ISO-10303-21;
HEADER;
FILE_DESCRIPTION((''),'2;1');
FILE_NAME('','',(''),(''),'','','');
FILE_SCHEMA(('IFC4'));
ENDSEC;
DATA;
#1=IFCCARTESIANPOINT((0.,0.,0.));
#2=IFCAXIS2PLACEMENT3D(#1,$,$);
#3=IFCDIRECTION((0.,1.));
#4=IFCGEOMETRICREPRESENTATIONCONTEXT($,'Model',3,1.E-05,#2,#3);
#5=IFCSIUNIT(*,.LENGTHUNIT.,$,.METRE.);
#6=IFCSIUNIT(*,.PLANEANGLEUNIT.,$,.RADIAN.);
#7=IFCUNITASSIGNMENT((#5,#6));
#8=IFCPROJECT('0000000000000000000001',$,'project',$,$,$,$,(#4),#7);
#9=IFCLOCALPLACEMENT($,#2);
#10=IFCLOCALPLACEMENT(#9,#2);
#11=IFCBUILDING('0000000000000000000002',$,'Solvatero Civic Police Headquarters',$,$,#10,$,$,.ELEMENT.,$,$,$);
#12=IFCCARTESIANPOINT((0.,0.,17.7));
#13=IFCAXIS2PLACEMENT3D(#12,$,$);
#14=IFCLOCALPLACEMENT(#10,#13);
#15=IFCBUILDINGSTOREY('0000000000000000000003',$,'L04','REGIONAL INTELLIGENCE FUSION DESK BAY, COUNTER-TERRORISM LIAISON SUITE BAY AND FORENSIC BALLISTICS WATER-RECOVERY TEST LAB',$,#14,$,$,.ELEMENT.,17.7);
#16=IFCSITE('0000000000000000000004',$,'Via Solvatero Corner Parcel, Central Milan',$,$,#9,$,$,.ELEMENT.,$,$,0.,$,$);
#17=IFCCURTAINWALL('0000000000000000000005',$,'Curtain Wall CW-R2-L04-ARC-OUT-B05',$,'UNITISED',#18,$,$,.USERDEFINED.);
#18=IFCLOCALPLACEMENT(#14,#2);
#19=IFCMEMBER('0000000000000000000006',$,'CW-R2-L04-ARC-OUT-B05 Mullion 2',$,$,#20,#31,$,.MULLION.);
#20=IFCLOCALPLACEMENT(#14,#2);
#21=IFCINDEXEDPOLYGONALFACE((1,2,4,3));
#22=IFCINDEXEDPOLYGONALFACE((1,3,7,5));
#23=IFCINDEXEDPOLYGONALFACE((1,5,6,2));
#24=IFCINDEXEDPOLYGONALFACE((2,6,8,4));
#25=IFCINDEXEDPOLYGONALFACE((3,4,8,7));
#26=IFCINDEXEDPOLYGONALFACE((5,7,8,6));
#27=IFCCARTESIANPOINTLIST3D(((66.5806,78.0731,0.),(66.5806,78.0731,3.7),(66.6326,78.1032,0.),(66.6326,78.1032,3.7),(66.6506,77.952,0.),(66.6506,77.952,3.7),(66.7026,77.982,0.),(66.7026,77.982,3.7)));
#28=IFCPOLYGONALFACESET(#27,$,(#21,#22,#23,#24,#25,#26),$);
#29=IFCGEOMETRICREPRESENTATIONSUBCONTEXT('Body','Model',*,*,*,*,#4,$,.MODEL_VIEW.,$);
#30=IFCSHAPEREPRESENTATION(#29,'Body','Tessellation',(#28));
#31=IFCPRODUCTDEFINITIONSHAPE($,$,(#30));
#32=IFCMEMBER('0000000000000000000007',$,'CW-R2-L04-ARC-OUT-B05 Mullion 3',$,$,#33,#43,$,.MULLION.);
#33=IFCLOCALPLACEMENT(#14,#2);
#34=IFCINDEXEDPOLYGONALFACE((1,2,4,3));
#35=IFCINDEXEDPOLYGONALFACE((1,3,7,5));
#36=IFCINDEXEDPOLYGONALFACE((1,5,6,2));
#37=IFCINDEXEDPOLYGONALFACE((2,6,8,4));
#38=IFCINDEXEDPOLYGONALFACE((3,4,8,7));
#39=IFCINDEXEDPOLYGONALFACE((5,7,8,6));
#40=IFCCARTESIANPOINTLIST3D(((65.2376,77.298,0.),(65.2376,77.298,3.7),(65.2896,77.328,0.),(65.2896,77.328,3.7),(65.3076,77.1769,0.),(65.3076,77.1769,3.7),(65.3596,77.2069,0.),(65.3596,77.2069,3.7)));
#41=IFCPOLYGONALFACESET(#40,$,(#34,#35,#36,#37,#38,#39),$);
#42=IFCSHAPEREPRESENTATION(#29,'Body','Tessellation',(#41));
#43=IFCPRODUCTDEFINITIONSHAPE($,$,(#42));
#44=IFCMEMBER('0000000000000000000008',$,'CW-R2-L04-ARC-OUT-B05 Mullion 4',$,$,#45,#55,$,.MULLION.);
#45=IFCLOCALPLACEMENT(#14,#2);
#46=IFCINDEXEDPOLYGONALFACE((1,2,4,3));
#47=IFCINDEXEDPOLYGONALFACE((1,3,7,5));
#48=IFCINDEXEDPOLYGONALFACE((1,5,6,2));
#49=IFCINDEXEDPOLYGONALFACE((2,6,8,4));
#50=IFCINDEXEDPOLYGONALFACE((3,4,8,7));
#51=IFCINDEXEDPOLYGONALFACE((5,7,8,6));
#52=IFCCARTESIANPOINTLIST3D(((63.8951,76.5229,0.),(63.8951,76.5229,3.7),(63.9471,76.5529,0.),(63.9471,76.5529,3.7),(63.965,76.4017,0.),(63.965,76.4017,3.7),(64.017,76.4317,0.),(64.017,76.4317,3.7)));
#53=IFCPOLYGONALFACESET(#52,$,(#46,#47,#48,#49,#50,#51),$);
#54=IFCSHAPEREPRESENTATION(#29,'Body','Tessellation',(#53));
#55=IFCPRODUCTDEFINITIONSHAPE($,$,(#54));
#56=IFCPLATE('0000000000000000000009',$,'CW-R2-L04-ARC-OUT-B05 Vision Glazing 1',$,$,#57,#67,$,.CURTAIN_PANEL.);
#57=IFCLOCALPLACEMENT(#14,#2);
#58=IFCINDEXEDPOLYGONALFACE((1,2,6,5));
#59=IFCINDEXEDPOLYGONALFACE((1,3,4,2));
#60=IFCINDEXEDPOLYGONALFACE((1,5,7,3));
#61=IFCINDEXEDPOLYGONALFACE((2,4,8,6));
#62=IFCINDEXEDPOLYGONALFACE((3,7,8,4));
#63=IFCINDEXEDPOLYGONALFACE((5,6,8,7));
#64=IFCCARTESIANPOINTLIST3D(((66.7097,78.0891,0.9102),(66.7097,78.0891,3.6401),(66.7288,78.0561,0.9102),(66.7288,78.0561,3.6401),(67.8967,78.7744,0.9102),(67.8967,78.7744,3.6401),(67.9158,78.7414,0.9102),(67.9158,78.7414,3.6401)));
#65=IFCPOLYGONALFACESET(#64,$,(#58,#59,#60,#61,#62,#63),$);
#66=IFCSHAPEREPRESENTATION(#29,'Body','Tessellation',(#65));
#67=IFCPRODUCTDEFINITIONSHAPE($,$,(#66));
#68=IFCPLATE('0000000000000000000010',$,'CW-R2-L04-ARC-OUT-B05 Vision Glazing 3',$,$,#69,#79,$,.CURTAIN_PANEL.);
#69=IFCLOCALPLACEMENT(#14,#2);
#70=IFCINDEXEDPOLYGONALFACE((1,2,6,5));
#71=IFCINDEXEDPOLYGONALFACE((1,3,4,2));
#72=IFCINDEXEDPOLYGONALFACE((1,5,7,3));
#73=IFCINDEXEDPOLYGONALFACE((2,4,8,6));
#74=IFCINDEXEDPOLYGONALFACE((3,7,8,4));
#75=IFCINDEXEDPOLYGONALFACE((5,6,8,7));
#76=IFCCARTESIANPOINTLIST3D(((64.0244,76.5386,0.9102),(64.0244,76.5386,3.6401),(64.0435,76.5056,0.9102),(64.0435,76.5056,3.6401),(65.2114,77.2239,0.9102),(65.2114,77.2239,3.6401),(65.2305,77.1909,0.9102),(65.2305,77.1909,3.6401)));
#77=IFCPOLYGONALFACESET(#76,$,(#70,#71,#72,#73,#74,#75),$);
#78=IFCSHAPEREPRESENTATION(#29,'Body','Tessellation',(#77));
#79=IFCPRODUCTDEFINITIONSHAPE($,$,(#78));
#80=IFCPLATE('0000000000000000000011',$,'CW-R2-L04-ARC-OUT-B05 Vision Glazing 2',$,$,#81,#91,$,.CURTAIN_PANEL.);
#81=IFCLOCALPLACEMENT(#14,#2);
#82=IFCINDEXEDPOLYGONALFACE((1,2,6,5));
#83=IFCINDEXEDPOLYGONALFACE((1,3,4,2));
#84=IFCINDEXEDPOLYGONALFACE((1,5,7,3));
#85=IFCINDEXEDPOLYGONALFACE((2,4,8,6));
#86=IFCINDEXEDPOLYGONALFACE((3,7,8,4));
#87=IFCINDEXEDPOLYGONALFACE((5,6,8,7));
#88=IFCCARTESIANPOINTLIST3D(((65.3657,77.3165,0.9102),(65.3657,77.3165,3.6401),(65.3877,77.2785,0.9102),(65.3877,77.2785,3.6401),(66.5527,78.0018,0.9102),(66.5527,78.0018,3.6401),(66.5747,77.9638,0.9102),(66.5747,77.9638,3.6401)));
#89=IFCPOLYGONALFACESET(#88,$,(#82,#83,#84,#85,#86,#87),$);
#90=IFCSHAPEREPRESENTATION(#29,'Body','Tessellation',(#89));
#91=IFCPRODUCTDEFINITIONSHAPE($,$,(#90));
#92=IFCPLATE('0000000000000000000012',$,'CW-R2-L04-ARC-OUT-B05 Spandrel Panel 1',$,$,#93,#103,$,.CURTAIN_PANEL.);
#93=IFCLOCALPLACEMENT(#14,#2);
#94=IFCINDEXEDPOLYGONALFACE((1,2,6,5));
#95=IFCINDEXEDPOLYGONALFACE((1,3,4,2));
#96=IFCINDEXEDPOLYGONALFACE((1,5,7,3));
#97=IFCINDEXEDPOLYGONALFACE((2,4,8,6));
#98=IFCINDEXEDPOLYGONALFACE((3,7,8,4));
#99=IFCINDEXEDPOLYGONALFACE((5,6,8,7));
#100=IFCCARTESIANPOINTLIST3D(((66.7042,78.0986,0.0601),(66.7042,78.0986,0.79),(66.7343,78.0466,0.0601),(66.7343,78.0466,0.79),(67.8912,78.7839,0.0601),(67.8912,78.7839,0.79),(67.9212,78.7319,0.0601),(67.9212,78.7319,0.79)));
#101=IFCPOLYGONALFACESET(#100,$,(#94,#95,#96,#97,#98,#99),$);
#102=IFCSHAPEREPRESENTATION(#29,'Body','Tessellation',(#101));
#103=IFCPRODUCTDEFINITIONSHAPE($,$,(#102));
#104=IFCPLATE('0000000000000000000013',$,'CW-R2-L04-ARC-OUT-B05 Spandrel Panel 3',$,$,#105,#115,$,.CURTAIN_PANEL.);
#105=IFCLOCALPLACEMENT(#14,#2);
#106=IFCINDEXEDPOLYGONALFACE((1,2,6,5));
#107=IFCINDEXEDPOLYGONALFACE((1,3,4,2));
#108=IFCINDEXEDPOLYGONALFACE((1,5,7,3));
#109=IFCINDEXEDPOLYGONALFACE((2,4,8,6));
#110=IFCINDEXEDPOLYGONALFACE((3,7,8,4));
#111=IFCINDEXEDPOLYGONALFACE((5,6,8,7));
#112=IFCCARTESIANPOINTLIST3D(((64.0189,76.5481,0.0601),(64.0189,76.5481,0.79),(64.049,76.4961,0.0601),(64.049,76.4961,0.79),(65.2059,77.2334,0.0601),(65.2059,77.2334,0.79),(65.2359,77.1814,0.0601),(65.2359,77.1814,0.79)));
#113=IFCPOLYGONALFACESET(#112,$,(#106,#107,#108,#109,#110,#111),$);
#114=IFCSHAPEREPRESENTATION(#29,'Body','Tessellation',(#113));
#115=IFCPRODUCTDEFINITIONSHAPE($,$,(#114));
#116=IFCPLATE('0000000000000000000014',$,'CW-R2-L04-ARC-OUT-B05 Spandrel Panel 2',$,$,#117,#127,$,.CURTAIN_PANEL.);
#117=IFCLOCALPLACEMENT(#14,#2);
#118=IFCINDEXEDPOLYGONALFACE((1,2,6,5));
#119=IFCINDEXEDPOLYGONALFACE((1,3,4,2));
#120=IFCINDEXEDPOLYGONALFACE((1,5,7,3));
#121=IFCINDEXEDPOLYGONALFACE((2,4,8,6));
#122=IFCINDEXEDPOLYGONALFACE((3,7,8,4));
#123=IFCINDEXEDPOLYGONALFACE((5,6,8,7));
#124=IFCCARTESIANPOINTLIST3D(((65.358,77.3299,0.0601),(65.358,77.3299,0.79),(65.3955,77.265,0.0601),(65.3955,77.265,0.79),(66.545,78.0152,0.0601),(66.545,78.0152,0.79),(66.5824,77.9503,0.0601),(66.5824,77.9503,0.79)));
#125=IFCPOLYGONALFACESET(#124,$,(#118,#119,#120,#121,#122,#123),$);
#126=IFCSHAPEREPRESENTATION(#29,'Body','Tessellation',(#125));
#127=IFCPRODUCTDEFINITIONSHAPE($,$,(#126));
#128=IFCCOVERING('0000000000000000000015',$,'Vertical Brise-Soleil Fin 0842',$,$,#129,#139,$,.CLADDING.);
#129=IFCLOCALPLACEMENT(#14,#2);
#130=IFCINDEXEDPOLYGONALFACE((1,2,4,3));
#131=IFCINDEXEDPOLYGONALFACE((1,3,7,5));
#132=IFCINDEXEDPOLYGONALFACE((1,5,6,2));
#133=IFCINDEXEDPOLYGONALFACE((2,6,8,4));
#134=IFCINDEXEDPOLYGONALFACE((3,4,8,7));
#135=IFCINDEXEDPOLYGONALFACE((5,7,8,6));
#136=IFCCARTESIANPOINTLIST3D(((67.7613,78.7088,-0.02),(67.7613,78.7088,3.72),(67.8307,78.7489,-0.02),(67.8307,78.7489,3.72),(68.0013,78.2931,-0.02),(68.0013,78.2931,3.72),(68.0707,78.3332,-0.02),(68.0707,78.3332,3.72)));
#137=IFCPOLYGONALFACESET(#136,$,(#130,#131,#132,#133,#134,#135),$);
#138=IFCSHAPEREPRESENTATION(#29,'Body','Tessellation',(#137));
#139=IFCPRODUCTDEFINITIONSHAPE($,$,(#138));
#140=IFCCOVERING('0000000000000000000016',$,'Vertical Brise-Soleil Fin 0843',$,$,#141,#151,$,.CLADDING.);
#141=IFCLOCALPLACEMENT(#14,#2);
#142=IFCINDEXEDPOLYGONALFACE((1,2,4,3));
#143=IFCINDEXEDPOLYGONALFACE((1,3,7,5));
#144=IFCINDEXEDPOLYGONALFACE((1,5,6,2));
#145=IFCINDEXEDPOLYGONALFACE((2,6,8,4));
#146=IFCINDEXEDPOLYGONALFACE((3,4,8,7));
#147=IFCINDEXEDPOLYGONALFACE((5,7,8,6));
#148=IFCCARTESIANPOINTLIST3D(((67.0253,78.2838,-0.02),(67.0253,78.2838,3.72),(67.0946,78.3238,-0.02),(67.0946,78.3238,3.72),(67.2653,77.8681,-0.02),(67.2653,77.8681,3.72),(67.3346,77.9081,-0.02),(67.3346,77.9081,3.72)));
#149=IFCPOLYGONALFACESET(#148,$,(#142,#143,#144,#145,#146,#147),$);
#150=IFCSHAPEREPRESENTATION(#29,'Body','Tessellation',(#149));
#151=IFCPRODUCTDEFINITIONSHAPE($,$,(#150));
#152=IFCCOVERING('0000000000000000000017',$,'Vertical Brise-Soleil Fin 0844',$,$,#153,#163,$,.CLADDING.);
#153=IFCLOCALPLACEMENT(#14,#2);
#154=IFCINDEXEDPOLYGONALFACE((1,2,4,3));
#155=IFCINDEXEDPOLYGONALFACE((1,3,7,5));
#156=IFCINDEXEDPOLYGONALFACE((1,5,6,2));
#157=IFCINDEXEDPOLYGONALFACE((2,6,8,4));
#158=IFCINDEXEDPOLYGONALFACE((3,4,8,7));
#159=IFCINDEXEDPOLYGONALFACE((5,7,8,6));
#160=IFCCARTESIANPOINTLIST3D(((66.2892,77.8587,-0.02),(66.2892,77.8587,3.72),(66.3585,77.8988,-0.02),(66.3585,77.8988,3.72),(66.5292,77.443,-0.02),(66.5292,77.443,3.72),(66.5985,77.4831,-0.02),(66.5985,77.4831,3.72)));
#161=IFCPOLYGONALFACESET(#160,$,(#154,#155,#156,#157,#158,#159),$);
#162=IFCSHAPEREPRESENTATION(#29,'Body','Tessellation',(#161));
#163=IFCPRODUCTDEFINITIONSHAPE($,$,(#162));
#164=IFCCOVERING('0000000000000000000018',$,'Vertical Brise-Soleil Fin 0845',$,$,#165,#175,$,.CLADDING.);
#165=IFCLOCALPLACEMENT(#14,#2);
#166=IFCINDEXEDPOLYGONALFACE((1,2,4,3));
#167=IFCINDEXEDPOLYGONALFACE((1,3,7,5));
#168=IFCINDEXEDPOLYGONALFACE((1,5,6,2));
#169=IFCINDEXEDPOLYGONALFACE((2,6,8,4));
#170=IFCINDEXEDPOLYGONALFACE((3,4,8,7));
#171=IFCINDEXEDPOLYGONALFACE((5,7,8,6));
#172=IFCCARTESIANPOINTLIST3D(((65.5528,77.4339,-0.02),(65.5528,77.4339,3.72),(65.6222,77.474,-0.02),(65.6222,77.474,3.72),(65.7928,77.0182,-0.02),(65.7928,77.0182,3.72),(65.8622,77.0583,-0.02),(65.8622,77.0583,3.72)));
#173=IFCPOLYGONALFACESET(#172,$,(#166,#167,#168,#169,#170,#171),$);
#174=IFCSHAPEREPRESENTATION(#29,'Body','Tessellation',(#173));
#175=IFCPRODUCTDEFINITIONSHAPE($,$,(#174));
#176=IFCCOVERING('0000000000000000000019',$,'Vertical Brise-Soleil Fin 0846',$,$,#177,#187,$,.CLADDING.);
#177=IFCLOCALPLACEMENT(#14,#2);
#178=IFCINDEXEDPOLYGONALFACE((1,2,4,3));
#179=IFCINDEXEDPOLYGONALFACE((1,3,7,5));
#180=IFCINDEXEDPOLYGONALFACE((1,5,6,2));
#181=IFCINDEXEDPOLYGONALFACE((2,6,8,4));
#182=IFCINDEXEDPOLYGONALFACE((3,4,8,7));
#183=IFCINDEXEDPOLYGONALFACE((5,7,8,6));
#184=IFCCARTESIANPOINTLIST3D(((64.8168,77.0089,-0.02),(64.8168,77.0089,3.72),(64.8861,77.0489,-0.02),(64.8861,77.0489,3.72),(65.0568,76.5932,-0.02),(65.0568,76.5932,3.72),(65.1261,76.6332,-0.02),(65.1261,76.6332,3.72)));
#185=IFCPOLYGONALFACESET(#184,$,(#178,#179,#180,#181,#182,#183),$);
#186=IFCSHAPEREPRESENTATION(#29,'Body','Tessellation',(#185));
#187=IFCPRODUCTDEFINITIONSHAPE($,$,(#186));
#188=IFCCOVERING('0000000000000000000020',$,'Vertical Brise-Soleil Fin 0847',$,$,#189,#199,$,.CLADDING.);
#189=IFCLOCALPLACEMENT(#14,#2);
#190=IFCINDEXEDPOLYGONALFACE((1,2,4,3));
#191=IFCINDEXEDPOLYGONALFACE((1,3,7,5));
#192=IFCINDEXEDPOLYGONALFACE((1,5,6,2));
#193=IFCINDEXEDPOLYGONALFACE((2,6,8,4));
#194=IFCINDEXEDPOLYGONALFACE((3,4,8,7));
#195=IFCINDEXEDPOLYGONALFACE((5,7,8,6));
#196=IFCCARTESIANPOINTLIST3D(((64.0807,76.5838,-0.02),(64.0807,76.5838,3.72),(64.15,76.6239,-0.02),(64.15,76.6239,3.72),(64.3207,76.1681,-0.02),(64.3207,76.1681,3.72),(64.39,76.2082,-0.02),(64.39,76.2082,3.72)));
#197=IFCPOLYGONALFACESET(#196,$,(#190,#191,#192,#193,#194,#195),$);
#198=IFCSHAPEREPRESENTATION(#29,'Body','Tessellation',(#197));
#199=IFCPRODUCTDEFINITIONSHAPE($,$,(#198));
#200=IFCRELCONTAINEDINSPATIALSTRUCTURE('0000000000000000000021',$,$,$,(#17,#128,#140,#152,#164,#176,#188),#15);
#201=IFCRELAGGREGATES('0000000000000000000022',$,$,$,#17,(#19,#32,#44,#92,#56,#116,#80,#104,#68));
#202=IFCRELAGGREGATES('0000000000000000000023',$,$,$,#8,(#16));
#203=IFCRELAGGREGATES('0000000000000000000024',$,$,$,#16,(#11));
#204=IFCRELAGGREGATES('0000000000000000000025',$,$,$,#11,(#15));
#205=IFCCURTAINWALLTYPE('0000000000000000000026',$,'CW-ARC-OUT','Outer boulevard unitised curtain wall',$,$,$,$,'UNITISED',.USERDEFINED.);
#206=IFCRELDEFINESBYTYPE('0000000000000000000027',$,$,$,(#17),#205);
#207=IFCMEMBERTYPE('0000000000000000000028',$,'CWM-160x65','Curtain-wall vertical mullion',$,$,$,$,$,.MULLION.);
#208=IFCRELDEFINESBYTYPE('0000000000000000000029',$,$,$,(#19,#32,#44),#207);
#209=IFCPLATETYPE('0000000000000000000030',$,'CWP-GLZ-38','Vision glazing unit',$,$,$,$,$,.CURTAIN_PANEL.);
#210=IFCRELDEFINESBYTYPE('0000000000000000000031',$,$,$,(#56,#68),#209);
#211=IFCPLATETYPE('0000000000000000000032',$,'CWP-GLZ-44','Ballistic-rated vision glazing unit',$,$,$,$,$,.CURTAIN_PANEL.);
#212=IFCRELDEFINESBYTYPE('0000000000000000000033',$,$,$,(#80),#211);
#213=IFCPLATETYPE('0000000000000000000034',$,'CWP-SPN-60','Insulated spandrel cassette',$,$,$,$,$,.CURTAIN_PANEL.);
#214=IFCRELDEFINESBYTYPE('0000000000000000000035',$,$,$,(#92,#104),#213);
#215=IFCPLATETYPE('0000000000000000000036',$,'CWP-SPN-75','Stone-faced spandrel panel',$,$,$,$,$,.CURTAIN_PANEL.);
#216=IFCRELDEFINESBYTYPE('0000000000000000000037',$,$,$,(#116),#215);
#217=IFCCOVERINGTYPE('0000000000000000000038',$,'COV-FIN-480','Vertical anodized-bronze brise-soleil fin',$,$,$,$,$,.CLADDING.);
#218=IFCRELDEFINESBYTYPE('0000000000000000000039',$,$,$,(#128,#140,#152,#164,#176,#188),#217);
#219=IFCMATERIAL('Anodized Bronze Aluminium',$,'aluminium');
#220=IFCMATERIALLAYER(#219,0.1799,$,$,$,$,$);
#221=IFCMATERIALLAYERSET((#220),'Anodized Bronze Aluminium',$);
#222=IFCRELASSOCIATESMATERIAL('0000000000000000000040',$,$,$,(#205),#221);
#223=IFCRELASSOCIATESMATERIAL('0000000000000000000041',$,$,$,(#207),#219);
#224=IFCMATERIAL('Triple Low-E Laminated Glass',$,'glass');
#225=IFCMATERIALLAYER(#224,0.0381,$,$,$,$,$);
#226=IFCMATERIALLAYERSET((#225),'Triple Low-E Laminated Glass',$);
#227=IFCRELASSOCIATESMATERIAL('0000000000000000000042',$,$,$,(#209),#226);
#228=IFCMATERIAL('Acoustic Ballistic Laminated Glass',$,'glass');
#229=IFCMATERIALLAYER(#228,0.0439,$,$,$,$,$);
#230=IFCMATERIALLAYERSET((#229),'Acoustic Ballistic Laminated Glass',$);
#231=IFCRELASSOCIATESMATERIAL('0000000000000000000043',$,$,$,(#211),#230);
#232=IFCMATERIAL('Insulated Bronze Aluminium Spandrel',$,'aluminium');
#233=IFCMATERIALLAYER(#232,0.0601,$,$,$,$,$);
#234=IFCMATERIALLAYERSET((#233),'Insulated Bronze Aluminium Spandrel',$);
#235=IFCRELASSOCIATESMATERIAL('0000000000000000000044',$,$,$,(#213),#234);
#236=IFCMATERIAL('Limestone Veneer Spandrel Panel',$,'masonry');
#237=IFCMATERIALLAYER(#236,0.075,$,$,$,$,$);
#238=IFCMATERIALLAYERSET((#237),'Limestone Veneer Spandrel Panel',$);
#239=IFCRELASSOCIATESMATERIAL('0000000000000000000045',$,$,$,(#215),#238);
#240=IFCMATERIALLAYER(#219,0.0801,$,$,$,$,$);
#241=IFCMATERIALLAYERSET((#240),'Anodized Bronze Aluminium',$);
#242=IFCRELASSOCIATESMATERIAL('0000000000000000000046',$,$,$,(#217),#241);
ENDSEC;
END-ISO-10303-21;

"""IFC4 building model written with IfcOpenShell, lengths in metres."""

from ifc_helpers import new_model, si_unit, direction, frame, origin, origin_2d, place, context, subcontext, project, spatial, rectangle, extrude, material, layer, layer_set, material_profile, profile_set, type_object, element, aggregate, save


model = new_model("IFC4")

# Units and contexts
model_context = context("Model", 3, precision=1e-05, world=origin(), true_north=direction((0.0, 1.0)))
body_context = subcontext(model_context, "Body", "Model", "MODEL_VIEW")
ifc_project = project(units=[si_unit("LENGTHUNIT", "METRE"), si_unit("PLANEANGLEUNIT", "RADIAN")], contexts=[model_context])

# Site, building, storey
site_placement = place(None, origin())
site = spatial("IfcSite", under=ifc_project, at=site_placement, Name="Via Solvatero Corner Parcel, Central Milan", CompositionType="ELEMENT", RefElevation=0.0)
building_placement = place(site_placement, origin())
building = spatial("IfcBuilding", under=site, at=building_placement, Name="Solvatero Civic Police Headquarters", CompositionType="ELEMENT")
storey_placement = place(building_placement, frame((0.0, 0.0, 17.7)))
storey = spatial("IfcBuildingStorey", under=building, at=storey_placement, Name="L04", Description="REGIONAL INTELLIGENCE FUSION DESK BAY, COUNTER-TERRORISM LIAISON SUITE BAY AND FORENSIC BALLISTICS WATER-RECOVERY TEST LAB", CompositionType="ELEMENT", Elevation=17.7)

# Curtain wall, members, plates
ifc_material_1 = material(Name="Anodized Bronze Aluminium", Category="aluminium")
ifc_layer_1 = layer(ifc_material_1, 0.1799)
ifc_layer_set_1 = layer_set([ifc_layer_1], Name="Anodized Bronze Aluminium")
curtain_wall_type = type_object("IfcCurtainWallType", Name="CW-ARC-OUT", Description="Outer boulevard unitised curtain wall", ElementType="UNITISED", PredefinedType="USERDEFINED", material=ifc_layer_set_1)
curtain_wall_placement = place(storey_placement, origin())
curtain_wall = element("IfcCurtainWall", 1, at=curtain_wall_placement, inside=storey, type_object=curtain_wall_type, Name="Curtain Wall CW-R2-L04-ARC-OUT-B05", ObjectType="UNITISED", PredefinedType="USERDEFINED")
ifc_material_profile = material_profile(ifc_material_1, rectangle(XDim=0.0601, YDim=0.1399, at=origin_2d()), Name="ALU MULLION 60x140")
ifc_profile_set = profile_set([ifc_material_profile], Name="Anodized Bronze Aluminium")
member_type = type_object("IfcMemberType", Name="CWM-160x65", Description="Curtain-wall vertical mullion", PredefinedType="MULLION", material=ifc_profile_set)
member_1_placement = place(storey_placement, frame((66.6416, 78.0276, 0.0), z_axis=(0.0, 0.0, 1.0), x_axis=(-0.866025, -0.5, 0.0)))
member_1 = element("IfcMember", 2, at=member_1_placement, type_object=member_type, Name="CW-R2-L04-ARC-OUT-B05 Mullion 2", PredefinedType="MULLION", context=body_context, shape_type="SweptSolid", body=[
    extrude(rectangle(XDim=0.0601, YDim=0.1399, at=origin_2d()), origin(), (0.0, 0.0, 1.0), 3.7),
])
member_2_placement = place(storey_placement, frame((65.2986, 77.2524, 0.0), z_axis=(0.0, 0.0, 1.0), x_axis=(-0.866025, -0.5, 0.0)))
member_2 = element("IfcMember", 3, at=member_2_placement, type_object=member_type, Name="CW-R2-L04-ARC-OUT-B05 Mullion 3", PredefinedType="MULLION", context=body_context, shape_type="SweptSolid", body=[
    extrude(rectangle(XDim=0.0601, YDim=0.1399, at=origin_2d()), origin(), (0.0, 0.0, 1.0), 3.7),
])
member_3_placement = place(storey_placement, frame((63.9561, 76.4773, 0.0), z_axis=(0.0, 0.0, 1.0), x_axis=(-0.866025, -0.5, 0.0)))
member_3 = element("IfcMember", 4, at=member_3_placement, type_object=member_type, Name="CW-R2-L04-ARC-OUT-B05 Mullion 4", PredefinedType="MULLION", context=body_context, shape_type="SweptSolid", body=[
    extrude(rectangle(XDim=0.0601, YDim=0.1399, at=origin_2d()), origin(), (0.0, 0.0, 1.0), 3.7),
])
ifc_material_2 = material(Name="Triple Low-E Laminated Glass", Category="glass")
ifc_layer_2 = layer(ifc_material_2, 0.0381)
ifc_layer_set_2 = layer_set([ifc_layer_2], Name="Triple Low-E Laminated Glass")
plate_type_1 = type_object("IfcPlateType", Name="CWP-GLZ-38", Description="Vision glazing unit", PredefinedType="CURTAIN_PANEL", material=ifc_layer_set_2)
plate_1_placement = place(storey_placement, frame((67.3127, 78.4153, 0.9102), z_axis=(0.0, 0.0, 1.0), x_axis=(-0.866025, -0.5, 0.0)))
plate_1 = element("IfcPlate", 5, at=plate_1_placement, type_object=plate_type_1, Name="CW-R2-L04-ARC-OUT-B05 Vision Glazing 1", PredefinedType="CURTAIN_PANEL", context=body_context, shape_type="SweptSolid", body=[
    extrude(rectangle(XDim=1.3706, YDim=0.0381, at=origin_2d()), origin(), (0.0, 0.0, 1.0), 2.73),
])
plate_2_placement = place(storey_placement, frame((64.6274, 76.8647, 0.9102), z_axis=(0.0, 0.0, 1.0), x_axis=(-0.866025, -0.5, 0.0)))
plate_2 = element("IfcPlate", 6, at=plate_2_placement, type_object=plate_type_1, Name="CW-R2-L04-ARC-OUT-B05 Vision Glazing 3", PredefinedType="CURTAIN_PANEL", context=body_context, shape_type="SweptSolid", body=[
    extrude(rectangle(XDim=1.3706, YDim=0.0381, at=origin_2d()), origin(), (0.0, 0.0, 1.0), 2.73),
])
ifc_material_3 = material(Name="Acoustic Ballistic Laminated Glass", Category="glass")
ifc_layer_3 = layer(ifc_material_3, 0.0439)
ifc_layer_set_3 = layer_set([ifc_layer_3], Name="Acoustic Ballistic Laminated Glass")
plate_type_2 = type_object("IfcPlateType", Name="CWP-GLZ-44", Description="Ballistic-rated vision glazing unit", PredefinedType="CURTAIN_PANEL", material=ifc_layer_set_3)
plate_3_placement = place(storey_placement, frame((65.9702, 77.6401, 0.9102), z_axis=(0.0, 0.0, 1.0), x_axis=(-0.866025, -0.5, 0.0)))
plate_3 = element("IfcPlate", 7, at=plate_3_placement, type_object=plate_type_2, Name="CW-R2-L04-ARC-OUT-B05 Vision Glazing 2", PredefinedType="CURTAIN_PANEL", context=body_context, shape_type="SweptSolid", body=[
    extrude(rectangle(XDim=1.3706, YDim=0.0439, at=origin_2d()), origin(), (0.0, 0.0, 1.0), 2.73),
])
ifc_material_4 = material(Name="Insulated Bronze Aluminium Spandrel", Category="aluminium")
ifc_layer_4 = layer(ifc_material_4, 0.0601)
ifc_layer_set_4 = layer_set([ifc_layer_4], Name="Insulated Bronze Aluminium Spandrel")
plate_type_3 = type_object("IfcPlateType", Name="CWP-SPN-60", Description="Insulated spandrel cassette", PredefinedType="CURTAIN_PANEL", material=ifc_layer_set_4)
plate_4_placement = place(storey_placement, frame((67.3127, 78.4153, 0.0601), z_axis=(0.0, 0.0, 1.0), x_axis=(-0.866025, -0.5, 0.0)))
plate_4 = element("IfcPlate", 8, at=plate_4_placement, type_object=plate_type_3, Name="CW-R2-L04-ARC-OUT-B05 Spandrel Panel 1", PredefinedType="CURTAIN_PANEL", context=body_context, shape_type="SweptSolid", body=[
    extrude(rectangle(XDim=1.3706, YDim=0.0601, at=origin_2d()), origin(), (0.0, 0.0, 1.0), 0.73),
])
plate_5_placement = place(storey_placement, frame((64.6274, 76.8647, 0.0601), z_axis=(0.0, 0.0, 1.0), x_axis=(-0.866025, -0.5, 0.0)))
plate_5 = element("IfcPlate", 9, at=plate_5_placement, type_object=plate_type_3, Name="CW-R2-L04-ARC-OUT-B05 Spandrel Panel 3", PredefinedType="CURTAIN_PANEL", context=body_context, shape_type="SweptSolid", body=[
    extrude(rectangle(XDim=1.3706, YDim=0.0601, at=origin_2d()), origin(), (0.0, 0.0, 1.0), 0.73),
])
ifc_material_5 = material(Name="Limestone Veneer Spandrel Panel", Category="masonry")
ifc_layer_5 = layer(ifc_material_5, 0.075)
ifc_layer_set_5 = layer_set([ifc_layer_5], Name="Limestone Veneer Spandrel Panel")
plate_type_4 = type_object("IfcPlateType", Name="CWP-SPN-75", Description="Stone-faced spandrel panel", PredefinedType="CURTAIN_PANEL", material=ifc_layer_set_5)
plate_6_placement = place(storey_placement, frame((65.9702, 77.6401, 0.0601), z_axis=(0.0, 0.0, 1.0), x_axis=(-0.866025, -0.5, 0.0)))
plate_6 = element("IfcPlate", 10, at=plate_6_placement, type_object=plate_type_4, Name="CW-R2-L04-ARC-OUT-B05 Spandrel Panel 2", PredefinedType="CURTAIN_PANEL", context=body_context, shape_type="SweptSolid", body=[
    extrude(rectangle(XDim=1.3706, YDim=0.075, at=origin_2d()), origin(), (0.0, 0.0, 1.0), 0.73),
])
aggregate(curtain_wall, [member_1, member_2, member_3, plate_4, plate_1, plate_6, plate_3, plate_5, plate_2])

# Coverings
ifc_layer_6 = layer(ifc_material_1, 0.0801)
ifc_layer_set_6 = layer_set([ifc_layer_6], Name="Anodized Bronze Aluminium")
covering_type = type_object("IfcCoveringType", Name="COV-FIN-480", Description="Vertical anodized-bronze brise-soleil fin", PredefinedType="CLADDING", material=ifc_layer_set_6)
for number, where, z_axis, x_axis, name in (
    (11, (67.916, 78.521, -0.02), (0.0, 0.0, 1.0), (-0.866025, -0.5, 0.0), "Vertical Brise-Soleil Fin 0842"),
    (12, (67.1799, 78.0959, -0.02), (0.0, 0.0, 1.0), (-0.866025, -0.5, 0.0), "Vertical Brise-Soleil Fin 0843"),
    (13, (66.4438, 77.6709, -0.02), (0.0, 0.0, 1.0), (-0.866025, -0.5, 0.0), "Vertical Brise-Soleil Fin 0844"),
    (14, (65.7075, 77.2461, -0.02), (0.0, 0.0, 1.0), (-0.866025, -0.5, 0.0), "Vertical Brise-Soleil Fin 0845"),
    (15, (64.9714, 76.821, -0.02), (0.0, 0.0, 1.0), (-0.866025, -0.5, 0.0), "Vertical Brise-Soleil Fin 0846"),
    (16, (64.2354, 76.396, -0.02), (0.0, 0.0, 1.0), (-0.866025, -0.5, 0.0), "Vertical Brise-Soleil Fin 0847"),
):
    element("IfcCovering", number, at=place(storey_placement, frame(where, z_axis=z_axis, x_axis=x_axis)), inside=storey, type_object=covering_type, Name=name, PredefinedType="CLADDING", context=body_context, shape_type="SweptSolid", body=[
        extrude(rectangle(XDim=0.0801, YDim=0.48, at=origin_2d()), origin(), (0.0, 0.0, 1.0), 3.74),
    ])

save(model, "model.ifc")
